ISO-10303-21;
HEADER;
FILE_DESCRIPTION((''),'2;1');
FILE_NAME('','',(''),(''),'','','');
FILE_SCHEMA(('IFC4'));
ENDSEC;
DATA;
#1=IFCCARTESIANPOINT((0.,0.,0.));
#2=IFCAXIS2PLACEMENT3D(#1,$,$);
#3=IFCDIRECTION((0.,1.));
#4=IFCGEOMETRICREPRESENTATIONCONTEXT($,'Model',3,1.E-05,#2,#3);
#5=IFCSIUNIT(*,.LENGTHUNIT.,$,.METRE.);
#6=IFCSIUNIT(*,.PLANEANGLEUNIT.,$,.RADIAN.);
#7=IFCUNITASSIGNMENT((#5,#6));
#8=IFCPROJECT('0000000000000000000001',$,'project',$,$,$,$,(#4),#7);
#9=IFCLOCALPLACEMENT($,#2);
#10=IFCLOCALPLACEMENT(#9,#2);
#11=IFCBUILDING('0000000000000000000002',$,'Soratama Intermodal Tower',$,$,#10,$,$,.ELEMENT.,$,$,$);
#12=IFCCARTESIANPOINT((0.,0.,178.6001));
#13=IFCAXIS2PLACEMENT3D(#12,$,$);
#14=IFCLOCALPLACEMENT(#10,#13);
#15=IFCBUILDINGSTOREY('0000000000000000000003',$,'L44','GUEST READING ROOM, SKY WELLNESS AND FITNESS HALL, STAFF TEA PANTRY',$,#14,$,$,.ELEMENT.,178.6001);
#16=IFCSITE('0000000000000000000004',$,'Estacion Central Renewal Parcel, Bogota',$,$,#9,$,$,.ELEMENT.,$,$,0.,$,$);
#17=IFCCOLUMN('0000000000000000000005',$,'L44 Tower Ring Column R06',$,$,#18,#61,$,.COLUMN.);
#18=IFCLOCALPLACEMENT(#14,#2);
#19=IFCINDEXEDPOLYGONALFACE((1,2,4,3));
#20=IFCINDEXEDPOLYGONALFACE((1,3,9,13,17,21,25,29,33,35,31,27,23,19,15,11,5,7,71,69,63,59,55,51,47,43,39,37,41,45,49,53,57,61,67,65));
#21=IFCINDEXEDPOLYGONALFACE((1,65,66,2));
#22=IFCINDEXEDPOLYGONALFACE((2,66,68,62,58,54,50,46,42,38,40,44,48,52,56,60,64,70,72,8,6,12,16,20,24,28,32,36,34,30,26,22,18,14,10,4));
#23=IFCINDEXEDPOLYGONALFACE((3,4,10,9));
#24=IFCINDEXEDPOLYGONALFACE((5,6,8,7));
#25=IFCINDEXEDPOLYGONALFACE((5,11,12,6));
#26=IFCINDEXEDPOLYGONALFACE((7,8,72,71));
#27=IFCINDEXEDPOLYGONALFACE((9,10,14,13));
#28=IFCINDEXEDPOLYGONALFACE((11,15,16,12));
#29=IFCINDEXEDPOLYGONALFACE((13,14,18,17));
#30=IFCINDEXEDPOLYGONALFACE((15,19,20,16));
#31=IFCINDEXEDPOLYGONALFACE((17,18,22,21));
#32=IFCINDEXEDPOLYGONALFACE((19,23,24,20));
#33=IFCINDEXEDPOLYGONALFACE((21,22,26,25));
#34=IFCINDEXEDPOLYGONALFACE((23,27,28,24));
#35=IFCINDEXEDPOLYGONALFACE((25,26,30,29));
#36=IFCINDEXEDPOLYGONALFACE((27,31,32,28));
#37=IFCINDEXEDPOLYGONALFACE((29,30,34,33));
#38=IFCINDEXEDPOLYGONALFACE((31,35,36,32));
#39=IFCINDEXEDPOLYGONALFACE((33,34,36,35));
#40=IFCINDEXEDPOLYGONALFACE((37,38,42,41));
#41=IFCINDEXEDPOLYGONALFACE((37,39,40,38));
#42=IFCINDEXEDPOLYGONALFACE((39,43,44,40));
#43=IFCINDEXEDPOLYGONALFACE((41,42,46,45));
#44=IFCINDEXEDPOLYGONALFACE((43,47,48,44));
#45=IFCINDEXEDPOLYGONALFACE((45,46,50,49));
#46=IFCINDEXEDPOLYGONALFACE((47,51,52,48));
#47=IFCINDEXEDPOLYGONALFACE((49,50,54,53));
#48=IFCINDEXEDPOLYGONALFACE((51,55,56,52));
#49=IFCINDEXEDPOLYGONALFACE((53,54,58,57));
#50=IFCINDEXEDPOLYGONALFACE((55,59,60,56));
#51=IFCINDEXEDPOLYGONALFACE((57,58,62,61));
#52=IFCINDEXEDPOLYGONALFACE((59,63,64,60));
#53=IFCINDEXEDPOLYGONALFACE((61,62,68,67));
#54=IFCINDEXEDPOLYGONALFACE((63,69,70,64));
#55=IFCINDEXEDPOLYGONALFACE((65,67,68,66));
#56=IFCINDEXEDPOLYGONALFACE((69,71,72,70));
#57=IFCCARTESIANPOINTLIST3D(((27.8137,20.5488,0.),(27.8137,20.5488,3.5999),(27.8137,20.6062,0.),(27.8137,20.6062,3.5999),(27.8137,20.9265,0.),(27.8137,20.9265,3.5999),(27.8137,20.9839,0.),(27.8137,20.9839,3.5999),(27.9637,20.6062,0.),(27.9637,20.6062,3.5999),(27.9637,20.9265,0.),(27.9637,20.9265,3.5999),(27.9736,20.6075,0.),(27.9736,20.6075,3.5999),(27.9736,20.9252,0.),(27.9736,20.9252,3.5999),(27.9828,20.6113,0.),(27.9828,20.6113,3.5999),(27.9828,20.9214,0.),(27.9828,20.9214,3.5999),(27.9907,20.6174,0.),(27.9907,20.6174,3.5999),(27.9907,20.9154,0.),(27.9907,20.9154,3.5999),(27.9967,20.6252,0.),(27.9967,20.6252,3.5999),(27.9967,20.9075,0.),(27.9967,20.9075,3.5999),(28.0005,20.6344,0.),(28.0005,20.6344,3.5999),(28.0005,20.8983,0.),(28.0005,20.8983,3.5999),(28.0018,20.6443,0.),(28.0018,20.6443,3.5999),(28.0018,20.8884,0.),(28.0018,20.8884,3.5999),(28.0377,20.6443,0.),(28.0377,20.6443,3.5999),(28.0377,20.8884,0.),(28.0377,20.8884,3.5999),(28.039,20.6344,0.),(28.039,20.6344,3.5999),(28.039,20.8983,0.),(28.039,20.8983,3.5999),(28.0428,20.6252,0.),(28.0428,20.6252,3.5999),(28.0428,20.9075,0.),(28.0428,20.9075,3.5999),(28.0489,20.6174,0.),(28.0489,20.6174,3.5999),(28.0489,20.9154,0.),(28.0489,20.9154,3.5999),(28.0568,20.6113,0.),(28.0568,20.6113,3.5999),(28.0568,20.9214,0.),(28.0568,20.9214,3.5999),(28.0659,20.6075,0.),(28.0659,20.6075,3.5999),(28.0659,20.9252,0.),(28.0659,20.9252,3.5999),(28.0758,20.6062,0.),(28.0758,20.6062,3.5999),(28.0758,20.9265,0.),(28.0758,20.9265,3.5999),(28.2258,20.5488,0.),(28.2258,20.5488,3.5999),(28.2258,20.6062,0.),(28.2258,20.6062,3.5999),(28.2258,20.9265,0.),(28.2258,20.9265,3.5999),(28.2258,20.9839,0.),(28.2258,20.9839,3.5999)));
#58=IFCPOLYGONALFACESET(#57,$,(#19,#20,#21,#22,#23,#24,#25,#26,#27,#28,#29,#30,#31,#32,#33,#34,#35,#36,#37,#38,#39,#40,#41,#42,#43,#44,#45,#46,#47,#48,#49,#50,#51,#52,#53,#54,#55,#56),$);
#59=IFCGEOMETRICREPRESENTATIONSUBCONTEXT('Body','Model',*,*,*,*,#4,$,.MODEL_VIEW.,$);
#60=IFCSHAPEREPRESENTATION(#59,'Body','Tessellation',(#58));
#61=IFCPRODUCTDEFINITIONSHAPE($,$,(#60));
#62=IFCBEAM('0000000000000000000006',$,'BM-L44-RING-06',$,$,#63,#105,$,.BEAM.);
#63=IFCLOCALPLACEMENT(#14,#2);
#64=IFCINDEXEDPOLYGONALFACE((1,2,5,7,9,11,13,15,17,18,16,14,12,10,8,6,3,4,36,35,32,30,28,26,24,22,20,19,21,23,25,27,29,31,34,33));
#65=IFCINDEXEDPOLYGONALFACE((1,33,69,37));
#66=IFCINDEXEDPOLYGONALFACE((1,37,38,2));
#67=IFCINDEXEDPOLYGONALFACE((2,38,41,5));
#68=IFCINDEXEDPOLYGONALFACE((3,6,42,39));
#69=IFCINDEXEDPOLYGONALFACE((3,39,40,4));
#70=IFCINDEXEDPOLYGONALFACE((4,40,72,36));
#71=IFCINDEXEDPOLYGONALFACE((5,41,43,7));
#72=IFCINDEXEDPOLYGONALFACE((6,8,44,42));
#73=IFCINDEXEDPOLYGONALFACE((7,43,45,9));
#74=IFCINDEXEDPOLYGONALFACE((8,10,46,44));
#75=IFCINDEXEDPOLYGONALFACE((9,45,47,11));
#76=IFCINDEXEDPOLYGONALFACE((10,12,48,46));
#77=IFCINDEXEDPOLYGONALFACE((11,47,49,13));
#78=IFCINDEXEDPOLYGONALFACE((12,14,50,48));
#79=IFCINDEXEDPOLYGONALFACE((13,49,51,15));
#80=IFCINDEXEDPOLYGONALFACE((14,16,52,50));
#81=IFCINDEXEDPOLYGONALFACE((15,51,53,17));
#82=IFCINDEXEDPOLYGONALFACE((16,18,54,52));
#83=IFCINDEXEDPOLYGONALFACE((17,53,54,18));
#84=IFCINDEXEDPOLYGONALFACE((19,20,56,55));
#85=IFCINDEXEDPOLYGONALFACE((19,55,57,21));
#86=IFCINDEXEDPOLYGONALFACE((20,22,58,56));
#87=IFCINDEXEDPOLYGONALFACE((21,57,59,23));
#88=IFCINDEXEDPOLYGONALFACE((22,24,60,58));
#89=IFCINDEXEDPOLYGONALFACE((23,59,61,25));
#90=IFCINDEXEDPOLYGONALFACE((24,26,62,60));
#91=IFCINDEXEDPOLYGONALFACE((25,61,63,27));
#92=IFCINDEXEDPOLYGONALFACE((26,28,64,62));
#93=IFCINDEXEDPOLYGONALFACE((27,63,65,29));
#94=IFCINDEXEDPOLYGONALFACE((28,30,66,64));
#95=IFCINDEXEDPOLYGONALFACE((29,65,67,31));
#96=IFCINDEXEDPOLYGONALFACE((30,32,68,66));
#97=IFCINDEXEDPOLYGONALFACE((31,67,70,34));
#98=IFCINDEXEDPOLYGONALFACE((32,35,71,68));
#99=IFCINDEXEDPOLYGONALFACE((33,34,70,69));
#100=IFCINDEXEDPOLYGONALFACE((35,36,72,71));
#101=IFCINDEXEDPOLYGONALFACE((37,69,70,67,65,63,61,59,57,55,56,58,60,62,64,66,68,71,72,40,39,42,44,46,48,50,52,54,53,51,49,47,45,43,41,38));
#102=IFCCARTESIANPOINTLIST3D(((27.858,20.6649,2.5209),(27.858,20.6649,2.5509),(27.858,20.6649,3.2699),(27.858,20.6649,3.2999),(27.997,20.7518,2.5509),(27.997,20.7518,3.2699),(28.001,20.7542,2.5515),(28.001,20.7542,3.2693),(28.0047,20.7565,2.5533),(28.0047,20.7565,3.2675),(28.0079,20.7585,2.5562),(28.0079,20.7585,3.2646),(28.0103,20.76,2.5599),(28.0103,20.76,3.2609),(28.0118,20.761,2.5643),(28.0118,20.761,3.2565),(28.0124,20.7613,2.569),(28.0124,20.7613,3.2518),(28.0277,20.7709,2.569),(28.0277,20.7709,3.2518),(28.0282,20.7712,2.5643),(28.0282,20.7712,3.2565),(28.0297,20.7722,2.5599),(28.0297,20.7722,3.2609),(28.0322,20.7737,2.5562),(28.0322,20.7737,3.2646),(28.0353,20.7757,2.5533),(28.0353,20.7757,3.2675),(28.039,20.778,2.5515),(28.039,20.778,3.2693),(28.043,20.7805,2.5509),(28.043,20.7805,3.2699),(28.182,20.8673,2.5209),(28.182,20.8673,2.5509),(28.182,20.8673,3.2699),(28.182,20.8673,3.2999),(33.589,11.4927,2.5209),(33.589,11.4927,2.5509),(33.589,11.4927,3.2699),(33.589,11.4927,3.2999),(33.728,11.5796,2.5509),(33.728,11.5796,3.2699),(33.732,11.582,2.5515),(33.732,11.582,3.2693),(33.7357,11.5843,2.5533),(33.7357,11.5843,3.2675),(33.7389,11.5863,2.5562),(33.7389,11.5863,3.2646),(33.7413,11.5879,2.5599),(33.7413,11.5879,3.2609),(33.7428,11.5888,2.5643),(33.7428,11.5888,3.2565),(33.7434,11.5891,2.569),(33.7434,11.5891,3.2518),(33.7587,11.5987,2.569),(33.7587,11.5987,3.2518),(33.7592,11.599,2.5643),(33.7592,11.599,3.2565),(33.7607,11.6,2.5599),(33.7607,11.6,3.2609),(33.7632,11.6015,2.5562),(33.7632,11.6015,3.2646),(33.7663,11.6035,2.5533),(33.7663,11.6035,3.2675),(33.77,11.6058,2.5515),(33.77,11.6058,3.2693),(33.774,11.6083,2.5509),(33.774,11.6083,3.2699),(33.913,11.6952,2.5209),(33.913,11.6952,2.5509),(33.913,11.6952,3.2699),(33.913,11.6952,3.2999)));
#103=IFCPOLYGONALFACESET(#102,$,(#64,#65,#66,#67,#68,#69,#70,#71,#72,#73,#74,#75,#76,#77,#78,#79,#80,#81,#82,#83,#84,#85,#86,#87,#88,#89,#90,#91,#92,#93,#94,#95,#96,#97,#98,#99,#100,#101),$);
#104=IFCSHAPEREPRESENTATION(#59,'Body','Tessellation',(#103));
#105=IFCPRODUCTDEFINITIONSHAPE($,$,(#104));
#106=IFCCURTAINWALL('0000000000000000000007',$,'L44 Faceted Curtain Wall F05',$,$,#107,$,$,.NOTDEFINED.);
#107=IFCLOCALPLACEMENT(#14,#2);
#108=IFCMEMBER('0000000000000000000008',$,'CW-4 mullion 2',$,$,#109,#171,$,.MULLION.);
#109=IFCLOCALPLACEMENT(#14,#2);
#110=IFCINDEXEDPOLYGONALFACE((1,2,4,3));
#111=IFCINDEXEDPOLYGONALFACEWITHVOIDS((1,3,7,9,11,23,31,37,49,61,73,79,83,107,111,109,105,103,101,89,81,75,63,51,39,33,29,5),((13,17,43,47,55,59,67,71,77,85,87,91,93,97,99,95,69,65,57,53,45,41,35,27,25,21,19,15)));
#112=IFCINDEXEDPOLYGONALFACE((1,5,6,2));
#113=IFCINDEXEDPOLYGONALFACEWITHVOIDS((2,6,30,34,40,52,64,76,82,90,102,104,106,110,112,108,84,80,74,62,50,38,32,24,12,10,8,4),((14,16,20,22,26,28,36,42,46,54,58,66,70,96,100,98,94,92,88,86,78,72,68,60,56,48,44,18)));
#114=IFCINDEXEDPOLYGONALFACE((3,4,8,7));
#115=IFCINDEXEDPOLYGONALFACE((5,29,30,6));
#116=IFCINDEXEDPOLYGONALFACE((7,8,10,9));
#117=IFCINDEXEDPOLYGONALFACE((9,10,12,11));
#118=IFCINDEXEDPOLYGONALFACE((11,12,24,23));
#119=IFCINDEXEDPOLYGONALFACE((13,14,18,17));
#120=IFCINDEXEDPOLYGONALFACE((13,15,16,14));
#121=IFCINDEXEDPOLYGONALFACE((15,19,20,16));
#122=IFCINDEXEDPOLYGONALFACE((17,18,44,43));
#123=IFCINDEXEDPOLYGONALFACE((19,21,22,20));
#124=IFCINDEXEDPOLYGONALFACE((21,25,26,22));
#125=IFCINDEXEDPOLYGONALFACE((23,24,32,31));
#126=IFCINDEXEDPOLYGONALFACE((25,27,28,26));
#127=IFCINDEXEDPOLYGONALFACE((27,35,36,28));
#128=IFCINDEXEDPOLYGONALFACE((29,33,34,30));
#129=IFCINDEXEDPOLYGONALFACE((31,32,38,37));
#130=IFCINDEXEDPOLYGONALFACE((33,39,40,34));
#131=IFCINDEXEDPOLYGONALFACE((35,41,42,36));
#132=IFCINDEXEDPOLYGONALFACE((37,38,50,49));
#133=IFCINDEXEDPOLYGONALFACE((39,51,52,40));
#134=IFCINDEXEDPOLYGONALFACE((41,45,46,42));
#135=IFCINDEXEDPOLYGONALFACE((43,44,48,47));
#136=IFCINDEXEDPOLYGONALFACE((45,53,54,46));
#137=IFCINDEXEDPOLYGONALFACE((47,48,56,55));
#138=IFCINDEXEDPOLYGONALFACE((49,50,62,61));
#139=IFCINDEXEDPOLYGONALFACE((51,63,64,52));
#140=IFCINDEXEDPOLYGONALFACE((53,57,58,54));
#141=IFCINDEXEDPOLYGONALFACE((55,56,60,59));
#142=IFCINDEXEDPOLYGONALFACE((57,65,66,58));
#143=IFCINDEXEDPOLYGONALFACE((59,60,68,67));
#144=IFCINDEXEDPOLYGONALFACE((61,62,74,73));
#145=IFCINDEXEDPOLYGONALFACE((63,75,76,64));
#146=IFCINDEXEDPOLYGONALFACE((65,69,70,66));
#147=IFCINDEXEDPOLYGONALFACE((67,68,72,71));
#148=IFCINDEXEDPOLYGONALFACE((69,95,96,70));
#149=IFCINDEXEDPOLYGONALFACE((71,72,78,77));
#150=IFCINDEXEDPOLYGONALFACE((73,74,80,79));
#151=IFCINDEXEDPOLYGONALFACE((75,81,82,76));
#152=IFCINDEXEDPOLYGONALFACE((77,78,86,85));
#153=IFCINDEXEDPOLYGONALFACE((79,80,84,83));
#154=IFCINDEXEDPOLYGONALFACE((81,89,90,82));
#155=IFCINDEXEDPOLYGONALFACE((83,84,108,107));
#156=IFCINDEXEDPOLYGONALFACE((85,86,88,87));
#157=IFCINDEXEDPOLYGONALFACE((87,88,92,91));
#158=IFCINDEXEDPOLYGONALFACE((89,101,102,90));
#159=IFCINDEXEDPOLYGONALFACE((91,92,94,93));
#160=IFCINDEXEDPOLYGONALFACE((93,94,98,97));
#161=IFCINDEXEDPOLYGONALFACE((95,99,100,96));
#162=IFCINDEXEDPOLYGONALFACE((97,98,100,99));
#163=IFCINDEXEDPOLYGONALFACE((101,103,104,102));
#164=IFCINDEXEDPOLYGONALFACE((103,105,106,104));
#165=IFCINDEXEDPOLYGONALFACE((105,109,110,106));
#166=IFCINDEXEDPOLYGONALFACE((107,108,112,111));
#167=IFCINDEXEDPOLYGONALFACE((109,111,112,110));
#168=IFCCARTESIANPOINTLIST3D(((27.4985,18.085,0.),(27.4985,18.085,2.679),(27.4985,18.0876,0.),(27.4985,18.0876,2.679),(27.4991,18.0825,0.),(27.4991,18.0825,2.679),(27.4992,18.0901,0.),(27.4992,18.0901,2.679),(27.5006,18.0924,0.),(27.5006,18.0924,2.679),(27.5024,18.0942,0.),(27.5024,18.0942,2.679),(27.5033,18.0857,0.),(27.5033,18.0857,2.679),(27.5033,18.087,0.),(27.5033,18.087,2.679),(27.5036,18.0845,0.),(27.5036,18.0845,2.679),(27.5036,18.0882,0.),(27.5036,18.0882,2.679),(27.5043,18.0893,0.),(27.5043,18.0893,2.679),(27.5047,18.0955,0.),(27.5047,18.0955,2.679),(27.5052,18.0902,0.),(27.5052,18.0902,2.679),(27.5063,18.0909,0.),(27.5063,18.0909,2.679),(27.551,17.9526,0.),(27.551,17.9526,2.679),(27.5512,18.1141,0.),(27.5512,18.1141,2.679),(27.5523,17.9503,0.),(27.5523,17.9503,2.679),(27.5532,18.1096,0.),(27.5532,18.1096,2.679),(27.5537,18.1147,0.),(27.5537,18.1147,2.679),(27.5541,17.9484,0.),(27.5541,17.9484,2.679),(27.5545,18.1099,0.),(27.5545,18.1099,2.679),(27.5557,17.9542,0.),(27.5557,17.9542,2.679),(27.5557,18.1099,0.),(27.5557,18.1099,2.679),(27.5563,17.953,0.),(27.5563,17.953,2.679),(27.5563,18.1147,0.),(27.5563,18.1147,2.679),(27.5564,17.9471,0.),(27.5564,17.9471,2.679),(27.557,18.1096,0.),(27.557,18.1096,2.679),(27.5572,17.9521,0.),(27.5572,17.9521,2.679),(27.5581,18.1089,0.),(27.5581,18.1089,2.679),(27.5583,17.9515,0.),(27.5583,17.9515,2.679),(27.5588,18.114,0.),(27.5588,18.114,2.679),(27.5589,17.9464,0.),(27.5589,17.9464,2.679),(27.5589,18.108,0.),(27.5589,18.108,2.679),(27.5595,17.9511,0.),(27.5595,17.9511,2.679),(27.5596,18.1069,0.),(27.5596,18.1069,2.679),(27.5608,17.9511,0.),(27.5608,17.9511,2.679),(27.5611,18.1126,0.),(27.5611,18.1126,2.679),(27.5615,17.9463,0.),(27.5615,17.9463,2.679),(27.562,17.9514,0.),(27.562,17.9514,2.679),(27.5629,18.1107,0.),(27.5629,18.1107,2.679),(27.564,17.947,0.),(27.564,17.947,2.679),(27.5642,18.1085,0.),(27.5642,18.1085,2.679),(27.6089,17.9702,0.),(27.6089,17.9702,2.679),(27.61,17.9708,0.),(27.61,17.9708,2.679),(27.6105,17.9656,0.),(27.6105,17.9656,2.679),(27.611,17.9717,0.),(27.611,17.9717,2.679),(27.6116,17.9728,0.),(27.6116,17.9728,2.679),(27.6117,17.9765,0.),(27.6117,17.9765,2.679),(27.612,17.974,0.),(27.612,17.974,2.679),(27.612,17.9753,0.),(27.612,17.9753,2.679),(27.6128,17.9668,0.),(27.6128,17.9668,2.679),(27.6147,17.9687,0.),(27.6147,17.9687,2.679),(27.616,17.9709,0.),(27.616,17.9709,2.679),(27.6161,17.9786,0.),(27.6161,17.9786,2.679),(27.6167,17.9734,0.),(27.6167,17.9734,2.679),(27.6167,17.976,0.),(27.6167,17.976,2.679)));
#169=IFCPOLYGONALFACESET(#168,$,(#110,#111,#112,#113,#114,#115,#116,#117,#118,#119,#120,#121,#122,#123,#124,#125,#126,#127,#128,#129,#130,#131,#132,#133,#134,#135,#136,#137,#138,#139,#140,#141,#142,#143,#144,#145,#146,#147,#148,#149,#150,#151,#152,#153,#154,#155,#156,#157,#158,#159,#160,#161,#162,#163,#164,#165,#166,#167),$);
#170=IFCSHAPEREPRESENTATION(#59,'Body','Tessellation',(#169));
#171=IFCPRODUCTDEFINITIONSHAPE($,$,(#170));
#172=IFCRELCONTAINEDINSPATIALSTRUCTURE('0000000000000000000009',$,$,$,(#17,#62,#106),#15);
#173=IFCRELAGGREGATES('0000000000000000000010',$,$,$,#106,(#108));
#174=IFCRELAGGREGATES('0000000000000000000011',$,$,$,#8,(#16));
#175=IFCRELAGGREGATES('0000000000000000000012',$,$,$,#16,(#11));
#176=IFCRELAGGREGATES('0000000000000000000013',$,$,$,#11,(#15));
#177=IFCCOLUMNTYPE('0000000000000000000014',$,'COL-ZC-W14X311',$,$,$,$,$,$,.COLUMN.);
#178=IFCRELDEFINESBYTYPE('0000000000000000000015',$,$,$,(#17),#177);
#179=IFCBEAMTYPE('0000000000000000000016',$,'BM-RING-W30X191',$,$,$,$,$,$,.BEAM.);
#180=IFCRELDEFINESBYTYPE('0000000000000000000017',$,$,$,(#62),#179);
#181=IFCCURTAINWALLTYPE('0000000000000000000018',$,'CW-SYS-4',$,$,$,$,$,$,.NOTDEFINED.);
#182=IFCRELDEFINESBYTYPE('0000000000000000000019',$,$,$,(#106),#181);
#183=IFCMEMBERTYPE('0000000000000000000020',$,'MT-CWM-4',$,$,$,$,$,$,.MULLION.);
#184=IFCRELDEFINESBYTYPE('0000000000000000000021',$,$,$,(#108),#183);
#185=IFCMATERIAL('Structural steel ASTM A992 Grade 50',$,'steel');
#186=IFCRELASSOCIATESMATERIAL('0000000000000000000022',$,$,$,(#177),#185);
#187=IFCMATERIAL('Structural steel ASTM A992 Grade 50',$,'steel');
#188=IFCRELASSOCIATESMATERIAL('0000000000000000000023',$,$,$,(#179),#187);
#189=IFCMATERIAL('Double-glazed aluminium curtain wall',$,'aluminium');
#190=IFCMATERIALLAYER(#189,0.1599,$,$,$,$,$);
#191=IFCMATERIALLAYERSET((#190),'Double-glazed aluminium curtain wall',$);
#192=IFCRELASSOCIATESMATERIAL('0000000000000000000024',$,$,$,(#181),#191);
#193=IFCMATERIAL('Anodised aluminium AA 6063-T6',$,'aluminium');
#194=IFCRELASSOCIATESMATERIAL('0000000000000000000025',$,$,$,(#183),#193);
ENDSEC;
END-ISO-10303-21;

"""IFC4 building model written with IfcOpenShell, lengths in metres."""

from ifc_helpers import new_model, si_unit, direction, frame, origin, origin_2d, place, context, subcontext, project, spatial, hollow_rectangle, i_section, extrude, material, layer, layer_set, material_profile, profile_set, type_object, element, aggregate, save


model = new_model("IFC4")

# Units and contexts
model_context = context("Model", 3, precision=1e-05, world=origin(), true_north=direction((0.0, 1.0)))
body_context = subcontext(model_context, "Body", "Model", "MODEL_VIEW")
ifc_project = project(units=[si_unit("LENGTHUNIT", "METRE"), si_unit("PLANEANGLEUNIT", "RADIAN")], contexts=[model_context])

# Site, building, storey
site_placement = place(None, origin())
site = spatial("IfcSite", under=ifc_project, at=site_placement, Name="Estacion Central Renewal Parcel, Bogota", CompositionType="ELEMENT", RefElevation=0.0)
building_placement = place(site_placement, origin())
building = spatial("IfcBuilding", under=site, at=building_placement, Name="Soratama Intermodal Tower", CompositionType="ELEMENT")
storey_placement = place(building_placement, frame((0.0, 0.0, 178.6001)))
storey = spatial("IfcBuildingStorey", under=building, at=storey_placement, Name="L44", Description="GUEST READING ROOM, SKY WELLNESS AND FITNESS HALL, STAFF TEA PANTRY", CompositionType="ELEMENT", Elevation=178.6001)

# Column
ifc_material_1 = material(Name="Structural steel ASTM A992 Grade 50", Category="steel")
ifc_material_profile_1 = material_profile(ifc_material_1, i_section(OverallWidth=0.4121, OverallDepth=0.4351, WebThickness=0.0359, FlangeThickness=0.0574, FilletRadius=0.0381, at=origin_2d()), Name="W14X311")
ifc_profile_set_1 = profile_set([ifc_material_profile_1], Name="Structural steel ASTM A992 Grade 50")
column_type = type_object("IfcColumnType", Name="COL-ZC-W14X311", PredefinedType="COLUMN", material=ifc_profile_set_1)
column_placement = place(storey_placement, frame((28.0198, 20.7664, 0.0), z_axis=(0.0, 0.0, 1.0), x_axis=(1.0, 0.0, 0.0)))
element("IfcColumn", 1, at=column_placement, inside=storey, type_object=column_type, Name="L44 Tower Ring Column R06", PredefinedType="COLUMN", context=body_context, shape_type="SweptSolid", body=[
    extrude(i_section(OverallWidth=0.4121, OverallDepth=0.4351, WebThickness=0.0359, FlangeThickness=0.0574, FilletRadius=0.0381, at=origin_2d()), origin(), (0.0, 0.0, 1.0), 3.5999),
])

# Beam
ifc_material_2 = material(Name="Structural steel ASTM A992 Grade 50", Category="steel")
ifc_material_profile_2 = material_profile(ifc_material_2, i_section(OverallWidth=0.3821, OverallDepth=0.7791, WebThickness=0.0181, FlangeThickness=0.03, FilletRadius=0.0181, at=origin_2d()), Name="W30X191")
ifc_profile_set_2 = profile_set([ifc_material_profile_2], Name="Structural steel ASTM A992 Grade 50")
beam_type = type_object("IfcBeamType", Name="BM-RING-W30X191", PredefinedType="BEAM", material=ifc_profile_set_2)
beam_placement = place(storey_placement, frame((28.02, 20.7661, 2.9104), z_axis=(0.529891, -0.848066, 0.0), x_axis=(0.848066, 0.529891, 0.0)))
element("IfcBeam", 2, at=beam_placement, inside=storey, type_object=beam_type, Name="BM-L44-RING-06", PredefinedType="BEAM", context=body_context, shape_type="SweptSolid", body=[
    extrude(i_section(OverallWidth=0.3821, OverallDepth=0.7791, WebThickness=0.0181, FlangeThickness=0.03, FilletRadius=0.0181, at=origin_2d()), origin(), (0.0, 0.0, 1.0), 10.8154),
])

# Curtain wall, member
ifc_material_3 = material(Name="Double-glazed aluminium curtain wall", Category="aluminium")
ifc_layer_1 = layer(ifc_material_3, 0.1599)
ifc_layer_set_1 = layer_set([ifc_layer_1], Name="Double-glazed aluminium curtain wall")
curtain_wall_type = type_object("IfcCurtainWallType", Name="CW-SYS-4", PredefinedType="NOTDEFINED", material=ifc_layer_set_1)
curtain_wall_placement = place(storey_placement, origin())
curtain_wall = element("IfcCurtainWall", 3, at=curtain_wall_placement, inside=storey, type_object=curtain_wall_type, Name="L44 Faceted Curtain Wall F05", PredefinedType="NOTDEFINED")
ifc_material_4 = material(Name="Anodised aluminium AA 6063-T6", Category="aluminium")
ifc_material_profile_3 = material_profile(ifc_material_4, hollow_rectangle(XDim=0.0701, YDim=0.1599, WallThickness=0.0049, InnerFilletRadius=0.0049, OuterFilletRadius=0.01, at=origin_2d()), Name="CWM160X70X5")
ifc_profile_set_3 = profile_set([ifc_material_profile_3], Name="Anodised aluminium AA 6063-T6")
member_type_1 = type_object("IfcMemberType", Name="MT-CWM-4", PredefinedType="MULLION", material=ifc_profile_set_3)
member_1_placement = place(storey_placement, frame((27.5576, 18.0305, 0.0), z_axis=(0.0, 0.0, 1.0), x_axis=(0.928618, 0.371038, 0.0)))
member_1 = element("IfcMember", 4, at=member_1_placement, type_object=member_type_1, Name="CW-4 mullion 2", PredefinedType="MULLION", context=body_context, shape_type="SweptSolid", body=[
    extrude(hollow_rectangle(XDim=0.0701, YDim=0.1599, WallThickness=0.0049, InnerFilletRadius=0.0049, OuterFilletRadius=0.01, at=origin_2d()), origin(), (0.0, 0.0, 1.0), 2.679),
])
aggregate(curtain_wall, [member_1])

save(model, "model.ifc")
